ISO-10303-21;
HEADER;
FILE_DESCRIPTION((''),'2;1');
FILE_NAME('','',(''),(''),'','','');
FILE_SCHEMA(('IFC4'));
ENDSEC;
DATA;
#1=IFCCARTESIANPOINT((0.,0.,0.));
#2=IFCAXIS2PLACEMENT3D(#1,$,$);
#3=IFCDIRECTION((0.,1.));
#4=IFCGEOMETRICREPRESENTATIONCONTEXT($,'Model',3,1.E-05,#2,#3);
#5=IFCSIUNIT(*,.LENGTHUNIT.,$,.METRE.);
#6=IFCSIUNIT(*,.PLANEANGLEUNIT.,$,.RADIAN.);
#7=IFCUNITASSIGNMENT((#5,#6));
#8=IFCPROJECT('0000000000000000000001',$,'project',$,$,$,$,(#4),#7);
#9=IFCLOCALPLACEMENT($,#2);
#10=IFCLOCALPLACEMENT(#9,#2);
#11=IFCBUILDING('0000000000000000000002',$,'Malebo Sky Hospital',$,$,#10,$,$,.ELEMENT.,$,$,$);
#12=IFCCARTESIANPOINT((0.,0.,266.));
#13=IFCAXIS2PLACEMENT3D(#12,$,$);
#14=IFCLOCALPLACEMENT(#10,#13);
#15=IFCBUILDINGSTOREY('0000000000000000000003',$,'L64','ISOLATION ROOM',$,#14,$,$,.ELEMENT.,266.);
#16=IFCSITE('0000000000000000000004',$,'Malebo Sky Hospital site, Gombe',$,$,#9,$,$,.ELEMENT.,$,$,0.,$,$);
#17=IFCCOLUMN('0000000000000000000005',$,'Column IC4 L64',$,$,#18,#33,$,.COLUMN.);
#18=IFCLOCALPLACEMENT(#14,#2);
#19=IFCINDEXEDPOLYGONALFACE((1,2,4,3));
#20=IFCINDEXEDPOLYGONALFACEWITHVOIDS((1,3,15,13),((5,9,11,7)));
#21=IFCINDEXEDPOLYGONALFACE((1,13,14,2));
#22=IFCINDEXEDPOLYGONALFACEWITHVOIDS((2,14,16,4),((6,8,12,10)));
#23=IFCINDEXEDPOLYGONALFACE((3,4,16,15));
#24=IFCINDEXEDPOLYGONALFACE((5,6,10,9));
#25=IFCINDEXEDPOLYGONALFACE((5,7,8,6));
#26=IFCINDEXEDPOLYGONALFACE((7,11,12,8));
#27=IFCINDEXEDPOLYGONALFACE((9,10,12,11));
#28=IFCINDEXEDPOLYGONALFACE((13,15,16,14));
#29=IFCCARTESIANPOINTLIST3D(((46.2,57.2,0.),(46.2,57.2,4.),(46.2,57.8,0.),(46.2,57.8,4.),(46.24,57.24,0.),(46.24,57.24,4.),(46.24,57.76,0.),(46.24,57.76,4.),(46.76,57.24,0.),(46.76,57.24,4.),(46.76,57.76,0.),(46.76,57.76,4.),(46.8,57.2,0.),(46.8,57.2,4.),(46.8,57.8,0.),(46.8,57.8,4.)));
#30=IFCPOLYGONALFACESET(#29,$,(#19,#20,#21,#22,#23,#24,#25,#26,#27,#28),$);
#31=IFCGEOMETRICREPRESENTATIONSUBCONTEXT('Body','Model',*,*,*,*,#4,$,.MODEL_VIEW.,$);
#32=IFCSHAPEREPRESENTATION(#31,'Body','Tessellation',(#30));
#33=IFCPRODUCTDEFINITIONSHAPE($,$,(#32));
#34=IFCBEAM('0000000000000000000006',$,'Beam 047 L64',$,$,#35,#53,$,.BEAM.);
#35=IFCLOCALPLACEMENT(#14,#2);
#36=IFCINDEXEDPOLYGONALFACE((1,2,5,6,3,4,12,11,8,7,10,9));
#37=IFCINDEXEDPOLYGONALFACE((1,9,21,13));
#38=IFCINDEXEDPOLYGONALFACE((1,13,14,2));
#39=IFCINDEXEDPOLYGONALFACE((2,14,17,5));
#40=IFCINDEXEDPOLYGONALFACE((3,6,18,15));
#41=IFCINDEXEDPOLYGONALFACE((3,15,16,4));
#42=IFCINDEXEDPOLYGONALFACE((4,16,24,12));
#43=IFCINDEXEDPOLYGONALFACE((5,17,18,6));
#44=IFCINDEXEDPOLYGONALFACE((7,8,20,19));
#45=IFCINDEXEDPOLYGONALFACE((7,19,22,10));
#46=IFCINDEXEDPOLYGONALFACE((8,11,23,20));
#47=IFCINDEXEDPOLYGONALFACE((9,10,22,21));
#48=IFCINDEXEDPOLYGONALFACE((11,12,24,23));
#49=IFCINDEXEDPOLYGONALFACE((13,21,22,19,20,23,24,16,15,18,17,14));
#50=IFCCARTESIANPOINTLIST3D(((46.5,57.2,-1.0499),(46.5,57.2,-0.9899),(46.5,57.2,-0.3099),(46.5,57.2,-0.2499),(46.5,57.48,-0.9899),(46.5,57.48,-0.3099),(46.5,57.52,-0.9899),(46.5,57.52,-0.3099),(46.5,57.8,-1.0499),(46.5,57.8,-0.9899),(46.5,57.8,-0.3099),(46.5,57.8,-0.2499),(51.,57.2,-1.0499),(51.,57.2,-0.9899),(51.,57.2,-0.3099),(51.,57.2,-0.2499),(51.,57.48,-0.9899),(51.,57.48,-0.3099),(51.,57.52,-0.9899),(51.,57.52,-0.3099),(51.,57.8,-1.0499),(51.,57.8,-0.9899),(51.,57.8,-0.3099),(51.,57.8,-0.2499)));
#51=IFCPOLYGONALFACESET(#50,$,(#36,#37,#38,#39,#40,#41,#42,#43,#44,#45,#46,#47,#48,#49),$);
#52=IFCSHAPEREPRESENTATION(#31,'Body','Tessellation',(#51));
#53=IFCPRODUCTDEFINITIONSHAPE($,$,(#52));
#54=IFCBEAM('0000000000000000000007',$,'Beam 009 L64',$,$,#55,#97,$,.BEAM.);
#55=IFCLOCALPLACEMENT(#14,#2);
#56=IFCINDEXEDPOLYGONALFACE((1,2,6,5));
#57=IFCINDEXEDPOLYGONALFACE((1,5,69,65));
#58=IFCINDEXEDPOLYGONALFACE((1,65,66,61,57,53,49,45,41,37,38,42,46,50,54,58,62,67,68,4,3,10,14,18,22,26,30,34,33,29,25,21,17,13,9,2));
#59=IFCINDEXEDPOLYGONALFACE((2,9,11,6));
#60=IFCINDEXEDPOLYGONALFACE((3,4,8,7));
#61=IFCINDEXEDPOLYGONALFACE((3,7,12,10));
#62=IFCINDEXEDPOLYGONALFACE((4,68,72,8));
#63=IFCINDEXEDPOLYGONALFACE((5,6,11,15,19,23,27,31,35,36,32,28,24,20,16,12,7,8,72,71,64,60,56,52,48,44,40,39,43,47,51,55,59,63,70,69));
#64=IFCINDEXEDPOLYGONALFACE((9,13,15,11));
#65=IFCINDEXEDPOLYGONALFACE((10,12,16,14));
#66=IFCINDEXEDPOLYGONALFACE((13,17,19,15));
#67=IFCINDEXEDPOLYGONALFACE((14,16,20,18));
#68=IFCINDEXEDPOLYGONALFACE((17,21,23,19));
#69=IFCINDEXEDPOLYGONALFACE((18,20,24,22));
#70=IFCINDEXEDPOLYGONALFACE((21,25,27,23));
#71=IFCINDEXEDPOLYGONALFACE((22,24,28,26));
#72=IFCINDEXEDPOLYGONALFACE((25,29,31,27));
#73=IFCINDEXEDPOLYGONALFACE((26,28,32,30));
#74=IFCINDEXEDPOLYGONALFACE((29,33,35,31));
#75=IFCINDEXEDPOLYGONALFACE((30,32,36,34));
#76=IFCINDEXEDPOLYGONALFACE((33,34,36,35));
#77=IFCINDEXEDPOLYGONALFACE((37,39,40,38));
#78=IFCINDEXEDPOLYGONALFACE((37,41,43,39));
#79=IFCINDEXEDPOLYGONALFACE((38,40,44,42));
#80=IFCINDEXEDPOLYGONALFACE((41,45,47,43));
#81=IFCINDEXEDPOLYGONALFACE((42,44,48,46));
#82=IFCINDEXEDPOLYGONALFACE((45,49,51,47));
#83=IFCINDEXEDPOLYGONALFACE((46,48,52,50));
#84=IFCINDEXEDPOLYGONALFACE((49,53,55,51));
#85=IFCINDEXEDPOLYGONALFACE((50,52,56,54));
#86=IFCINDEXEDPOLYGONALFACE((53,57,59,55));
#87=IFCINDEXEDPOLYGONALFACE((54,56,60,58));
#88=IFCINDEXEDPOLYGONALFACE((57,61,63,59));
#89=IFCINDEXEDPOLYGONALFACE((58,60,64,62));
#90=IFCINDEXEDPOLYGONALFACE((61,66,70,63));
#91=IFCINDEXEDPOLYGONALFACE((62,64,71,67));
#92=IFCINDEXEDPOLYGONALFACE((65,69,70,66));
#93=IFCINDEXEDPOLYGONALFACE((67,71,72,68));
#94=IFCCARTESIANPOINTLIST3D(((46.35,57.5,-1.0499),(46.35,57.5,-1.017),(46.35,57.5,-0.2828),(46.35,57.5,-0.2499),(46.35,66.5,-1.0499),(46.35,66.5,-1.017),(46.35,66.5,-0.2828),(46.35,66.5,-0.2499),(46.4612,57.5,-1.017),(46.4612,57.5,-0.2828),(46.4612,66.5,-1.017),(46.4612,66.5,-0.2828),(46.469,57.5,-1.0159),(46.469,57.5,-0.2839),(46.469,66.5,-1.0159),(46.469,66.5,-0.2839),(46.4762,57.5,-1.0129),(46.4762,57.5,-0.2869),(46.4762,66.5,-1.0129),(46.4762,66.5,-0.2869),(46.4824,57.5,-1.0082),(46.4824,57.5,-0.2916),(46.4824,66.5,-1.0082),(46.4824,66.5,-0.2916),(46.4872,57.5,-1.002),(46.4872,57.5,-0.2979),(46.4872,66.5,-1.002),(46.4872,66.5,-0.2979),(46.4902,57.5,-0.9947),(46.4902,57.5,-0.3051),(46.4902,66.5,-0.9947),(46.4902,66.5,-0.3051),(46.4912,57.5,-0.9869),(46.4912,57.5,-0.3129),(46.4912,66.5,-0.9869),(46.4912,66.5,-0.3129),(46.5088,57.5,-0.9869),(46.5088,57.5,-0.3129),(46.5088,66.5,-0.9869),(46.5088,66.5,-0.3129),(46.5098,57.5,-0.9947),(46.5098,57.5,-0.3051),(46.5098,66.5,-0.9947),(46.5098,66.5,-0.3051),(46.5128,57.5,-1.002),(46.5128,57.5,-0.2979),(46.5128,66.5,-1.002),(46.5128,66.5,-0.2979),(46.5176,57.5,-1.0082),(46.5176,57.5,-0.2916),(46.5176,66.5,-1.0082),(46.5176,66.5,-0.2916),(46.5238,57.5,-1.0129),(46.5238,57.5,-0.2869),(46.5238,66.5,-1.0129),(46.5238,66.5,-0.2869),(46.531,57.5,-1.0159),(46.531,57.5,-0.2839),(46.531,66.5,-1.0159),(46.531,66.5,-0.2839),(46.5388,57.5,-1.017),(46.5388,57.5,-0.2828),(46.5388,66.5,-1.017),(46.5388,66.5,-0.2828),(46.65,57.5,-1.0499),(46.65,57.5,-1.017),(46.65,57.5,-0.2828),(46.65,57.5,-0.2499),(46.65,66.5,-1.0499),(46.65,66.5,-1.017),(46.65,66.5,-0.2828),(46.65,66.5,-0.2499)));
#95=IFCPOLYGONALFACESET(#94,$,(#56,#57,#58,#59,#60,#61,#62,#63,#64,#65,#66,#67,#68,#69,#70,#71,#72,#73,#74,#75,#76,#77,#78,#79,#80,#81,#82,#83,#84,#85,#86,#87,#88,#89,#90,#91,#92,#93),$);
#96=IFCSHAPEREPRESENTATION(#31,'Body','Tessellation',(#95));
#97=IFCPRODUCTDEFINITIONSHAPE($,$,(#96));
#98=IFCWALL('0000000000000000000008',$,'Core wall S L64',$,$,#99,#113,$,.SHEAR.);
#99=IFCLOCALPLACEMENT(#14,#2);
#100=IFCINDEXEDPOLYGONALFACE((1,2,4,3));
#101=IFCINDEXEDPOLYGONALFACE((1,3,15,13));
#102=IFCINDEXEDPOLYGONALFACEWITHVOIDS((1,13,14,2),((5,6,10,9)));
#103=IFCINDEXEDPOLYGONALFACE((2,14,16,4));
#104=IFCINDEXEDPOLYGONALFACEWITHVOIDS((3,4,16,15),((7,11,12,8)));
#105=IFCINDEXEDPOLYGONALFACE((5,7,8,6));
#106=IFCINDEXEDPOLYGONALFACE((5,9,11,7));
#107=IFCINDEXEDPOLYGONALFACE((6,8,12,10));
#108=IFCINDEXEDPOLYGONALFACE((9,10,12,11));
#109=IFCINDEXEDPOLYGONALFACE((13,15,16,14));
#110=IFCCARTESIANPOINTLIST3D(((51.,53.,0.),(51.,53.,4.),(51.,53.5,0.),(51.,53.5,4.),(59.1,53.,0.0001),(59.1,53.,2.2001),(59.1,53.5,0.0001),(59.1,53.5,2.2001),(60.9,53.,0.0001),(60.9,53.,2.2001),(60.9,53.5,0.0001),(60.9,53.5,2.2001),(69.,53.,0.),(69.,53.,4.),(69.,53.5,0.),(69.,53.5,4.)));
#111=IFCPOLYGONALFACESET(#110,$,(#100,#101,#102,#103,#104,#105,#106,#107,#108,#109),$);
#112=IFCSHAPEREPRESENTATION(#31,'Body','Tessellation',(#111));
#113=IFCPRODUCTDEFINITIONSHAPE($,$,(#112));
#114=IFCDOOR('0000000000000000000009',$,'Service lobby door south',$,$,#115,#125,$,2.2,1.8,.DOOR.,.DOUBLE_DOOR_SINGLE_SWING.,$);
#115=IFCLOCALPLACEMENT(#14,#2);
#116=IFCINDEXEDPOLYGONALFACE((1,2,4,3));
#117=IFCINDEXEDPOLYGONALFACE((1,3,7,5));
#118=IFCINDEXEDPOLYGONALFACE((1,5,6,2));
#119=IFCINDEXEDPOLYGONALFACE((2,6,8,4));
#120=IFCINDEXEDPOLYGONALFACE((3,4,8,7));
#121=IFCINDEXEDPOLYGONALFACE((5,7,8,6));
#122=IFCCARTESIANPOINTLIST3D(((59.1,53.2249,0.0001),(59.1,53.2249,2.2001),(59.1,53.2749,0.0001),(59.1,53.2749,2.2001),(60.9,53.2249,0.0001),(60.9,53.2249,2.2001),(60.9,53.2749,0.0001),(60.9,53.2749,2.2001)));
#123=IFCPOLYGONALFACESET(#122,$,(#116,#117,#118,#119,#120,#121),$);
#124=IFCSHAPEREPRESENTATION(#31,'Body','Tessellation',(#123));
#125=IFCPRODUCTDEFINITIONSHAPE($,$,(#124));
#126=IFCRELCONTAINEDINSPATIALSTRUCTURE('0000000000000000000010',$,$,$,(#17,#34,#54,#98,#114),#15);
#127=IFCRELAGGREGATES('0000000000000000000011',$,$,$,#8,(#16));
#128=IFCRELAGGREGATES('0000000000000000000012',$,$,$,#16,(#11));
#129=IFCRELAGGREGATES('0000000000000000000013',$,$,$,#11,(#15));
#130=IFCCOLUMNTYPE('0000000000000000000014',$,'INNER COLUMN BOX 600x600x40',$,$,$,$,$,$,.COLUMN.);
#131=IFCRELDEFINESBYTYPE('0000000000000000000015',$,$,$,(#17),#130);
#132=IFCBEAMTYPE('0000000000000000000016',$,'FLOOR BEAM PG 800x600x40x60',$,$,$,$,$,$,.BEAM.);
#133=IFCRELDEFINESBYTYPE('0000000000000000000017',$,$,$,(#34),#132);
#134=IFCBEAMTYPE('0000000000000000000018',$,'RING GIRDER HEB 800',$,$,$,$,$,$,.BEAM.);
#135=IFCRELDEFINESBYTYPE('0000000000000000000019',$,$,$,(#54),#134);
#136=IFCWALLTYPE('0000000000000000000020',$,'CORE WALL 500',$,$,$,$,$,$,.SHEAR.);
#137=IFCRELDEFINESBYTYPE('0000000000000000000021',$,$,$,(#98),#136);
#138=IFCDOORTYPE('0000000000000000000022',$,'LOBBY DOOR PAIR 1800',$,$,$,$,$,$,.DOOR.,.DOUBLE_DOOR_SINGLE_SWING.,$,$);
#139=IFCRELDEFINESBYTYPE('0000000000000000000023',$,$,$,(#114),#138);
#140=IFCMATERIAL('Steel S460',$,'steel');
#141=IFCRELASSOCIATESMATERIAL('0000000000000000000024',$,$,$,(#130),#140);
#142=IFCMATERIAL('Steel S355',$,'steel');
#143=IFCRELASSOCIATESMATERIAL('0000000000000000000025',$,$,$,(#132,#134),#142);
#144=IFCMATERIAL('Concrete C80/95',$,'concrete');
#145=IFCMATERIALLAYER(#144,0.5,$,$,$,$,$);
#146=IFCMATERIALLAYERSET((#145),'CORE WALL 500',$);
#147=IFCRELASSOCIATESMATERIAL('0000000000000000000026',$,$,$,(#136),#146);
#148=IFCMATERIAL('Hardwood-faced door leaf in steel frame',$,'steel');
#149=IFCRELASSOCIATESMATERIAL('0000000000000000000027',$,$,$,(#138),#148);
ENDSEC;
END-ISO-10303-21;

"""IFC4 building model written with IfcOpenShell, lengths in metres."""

from ifc_helpers import new_model, si_unit, direction, frame, frame_2d, origin, origin_2d, place, context, subcontext, project, spatial, rectangle, hollow_rectangle, i_section, extrude, material, layer, layer_set, material_profile, profile_set, type_object, element, fill, save


model = new_model("IFC4")

# Units and contexts
model_context = context("Model", 3, precision=1e-05, world=origin(), true_north=direction((0.0, 1.0)))
body_context = subcontext(model_context, "Body", "Model", "MODEL_VIEW")
ifc_project = project(units=[si_unit("LENGTHUNIT", "METRE"), si_unit("PLANEANGLEUNIT", "RADIAN")], contexts=[model_context])

# Site, building, storey
site_placement = place(None, origin())
site = spatial("IfcSite", under=ifc_project, at=site_placement, Name="Malebo Sky Hospital site, Gombe", CompositionType="ELEMENT", RefElevation=0.0)
building_placement = place(site_placement, origin())
building = spatial("IfcBuilding", under=site, at=building_placement, Name="Malebo Sky Hospital", CompositionType="ELEMENT")
storey_placement = place(building_placement, frame((0.0, 0.0, 266.0)))
storey = spatial("IfcBuildingStorey", under=building, at=storey_placement, Name="L64", Description="ISOLATION ROOM", CompositionType="ELEMENT", Elevation=266.0)

# Column
ifc_material_1 = material(Name="Steel S460", Category="steel")
ifc_material_profile_1 = material_profile(ifc_material_1, hollow_rectangle(XDim=0.6001, YDim=0.6001, WallThickness=0.04, at=origin_2d()), Name="BOX 600x600x40")
ifc_profile_set_1 = profile_set([ifc_material_profile_1], Name="Steel S460")
column_type = type_object("IfcColumnType", Name="INNER COLUMN BOX 600x600x40", PredefinedType="COLUMN", material=ifc_profile_set_1)
column_placement = place(storey_placement, frame((46.5, 57.5, 0.0), z_axis=(0.0, 0.0, 1.0), x_axis=(1.0, 0.0, 0.0)))
element("IfcColumn", 1, at=column_placement, inside=storey, type_object=column_type, Name="Column IC4 L64", PredefinedType="COLUMN", context=body_context, shape_type="SweptSolid", body=[
    extrude(hollow_rectangle(XDim=0.6001, YDim=0.6001, WallThickness=0.04, at=origin_2d()), origin(), (0.0, 0.0, 1.0), 4.0),
])

# Beams
ifc_material_2 = material(Name="Steel S355", Category="steel")
ifc_material_profile_2 = material_profile(ifc_material_2, i_section(OverallWidth=0.6001, OverallDepth=0.8, WebThickness=0.04, FlangeThickness=0.0601, at=origin_2d()), Name="PG 800x600x40x60")
ifc_profile_set_2 = profile_set([ifc_material_profile_2], Name="Steel S355")
beam_type_1 = type_object("IfcBeamType", Name="FLOOR BEAM PG 800x600x40x60", PredefinedType="BEAM", material=ifc_profile_set_2)
beam_1_placement = place(storey_placement, frame((46.5, 57.5, -0.6499), z_axis=(1.0, 0.0, 0.0), x_axis=(0.0, 1.0, 0.0)))
element("IfcBeam", 2, at=beam_1_placement, inside=storey, type_object=beam_type_1, Name="Beam 047 L64", PredefinedType="BEAM", context=body_context, shape_type="SweptSolid", body=[
    extrude(i_section(OverallWidth=0.6001, OverallDepth=0.8, WebThickness=0.04, FlangeThickness=0.0601, at=origin_2d()), origin(), (0.0, 0.0, 1.0), 4.5),
])
ifc_material_profile_3 = material_profile(ifc_material_2, i_section(OverallWidth=0.3, OverallDepth=0.8, WebThickness=0.0176, FlangeThickness=0.033, FilletRadius=0.03, at=origin_2d()), Name="HEB 800")
ifc_profile_set_3 = profile_set([ifc_material_profile_3], Name="Steel S355")
beam_type_2 = type_object("IfcBeamType", Name="RING GIRDER HEB 800", PredefinedType="BEAM", material=ifc_profile_set_3)
beam_2_placement = place(storey_placement, frame((46.5, 57.5, -0.6499), z_axis=(0.0, 1.0, 0.0), x_axis=(-1.0, 0.0, 0.0)))
element("IfcBeam", 3, at=beam_2_placement, inside=storey, type_object=beam_type_2, Name="Beam 009 L64", PredefinedType="BEAM", context=body_context, shape_type="SweptSolid", body=[
    extrude(i_section(OverallWidth=0.3, OverallDepth=0.8, WebThickness=0.0176, FlangeThickness=0.033, FilletRadius=0.03, at=origin_2d()), origin(), (0.0, 0.0, 1.0), 9.0),
])

# Wall, opening, door
ifc_material_3 = material(Name="Concrete C80/95", Category="concrete")
ifc_layer_1 = layer(ifc_material_3, 0.5)
ifc_layer_set_1 = layer_set([ifc_layer_1], Name="CORE WALL 500")
wall_type_1 = type_object("IfcWallType", Name="CORE WALL 500", PredefinedType="SHEAR", material=ifc_layer_set_1)
wall_1_placement = place(storey_placement, frame((51.0, 53.25, 0.0), z_axis=(0.0, 0.0, 1.0), x_axis=(1.0, 0.0, 0.0)))
wall_1 = element("IfcWall", 4, at=wall_1_placement, inside=storey, type_object=wall_type_1, Name="Core wall S L64", PredefinedType="SHEAR", context=body_context, shape_type="SweptSolid", body=[
    extrude(rectangle(XDim=18.0, YDim=0.5, at=frame_2d((9.0, 0.0))), origin(), (0.0, 0.0, 1.0), 4.0),
])
opening_1_placement = place(wall_1_placement, frame((8.1001, 0.0, 0.0)))
opening_1 = element("IfcOpeningElement", 5, at=opening_1_placement, cuts=wall_1, PredefinedType="OPENING", context=body_context, shape_type="SweptSolid", body=[
    extrude(rectangle(XDim=1.8, YDim=2.2, at=frame_2d((0.8999, 1.1001))), frame((0.0, 0.26, 0.0), z_axis=(0.0, -1.0, 0.0), x_axis=(1.0, 0.0, 0.0)), (0.0, 0.0, 1.0), 0.52),
])
ifc_material_4 = material(Name="Hardwood-faced door leaf in steel frame", Category="steel")
door_type_1 = type_object("IfcDoorType", Name="LOBBY DOOR PAIR 1800", OperationType="DOUBLE_DOOR_SINGLE_SWING", PredefinedType="DOOR", material=ifc_material_4)
door_1_placement = place(opening_1_placement, origin())
door_1 = element("IfcDoor", 6, at=door_1_placement, inside=storey, type_object=door_type_1, Name="Service lobby door south", OperationType="DOUBLE_DOOR_SINGLE_SWING", OverallHeight=2.2, OverallWidth=1.8, PredefinedType="DOOR", context=body_context, shape_type="SweptSolid", body=[
    extrude(rectangle(XDim=1.8, YDim=2.2, at=frame_2d((0.8999, 1.1001))), frame((0.0, 0.0249, 0.0), z_axis=(0.0, -1.0, 0.0), x_axis=(1.0, 0.0, 0.0)), (0.0, 0.0, 1.0), 0.05),
])
fill(opening_1, door_1)

save(model, "model.ifc")
